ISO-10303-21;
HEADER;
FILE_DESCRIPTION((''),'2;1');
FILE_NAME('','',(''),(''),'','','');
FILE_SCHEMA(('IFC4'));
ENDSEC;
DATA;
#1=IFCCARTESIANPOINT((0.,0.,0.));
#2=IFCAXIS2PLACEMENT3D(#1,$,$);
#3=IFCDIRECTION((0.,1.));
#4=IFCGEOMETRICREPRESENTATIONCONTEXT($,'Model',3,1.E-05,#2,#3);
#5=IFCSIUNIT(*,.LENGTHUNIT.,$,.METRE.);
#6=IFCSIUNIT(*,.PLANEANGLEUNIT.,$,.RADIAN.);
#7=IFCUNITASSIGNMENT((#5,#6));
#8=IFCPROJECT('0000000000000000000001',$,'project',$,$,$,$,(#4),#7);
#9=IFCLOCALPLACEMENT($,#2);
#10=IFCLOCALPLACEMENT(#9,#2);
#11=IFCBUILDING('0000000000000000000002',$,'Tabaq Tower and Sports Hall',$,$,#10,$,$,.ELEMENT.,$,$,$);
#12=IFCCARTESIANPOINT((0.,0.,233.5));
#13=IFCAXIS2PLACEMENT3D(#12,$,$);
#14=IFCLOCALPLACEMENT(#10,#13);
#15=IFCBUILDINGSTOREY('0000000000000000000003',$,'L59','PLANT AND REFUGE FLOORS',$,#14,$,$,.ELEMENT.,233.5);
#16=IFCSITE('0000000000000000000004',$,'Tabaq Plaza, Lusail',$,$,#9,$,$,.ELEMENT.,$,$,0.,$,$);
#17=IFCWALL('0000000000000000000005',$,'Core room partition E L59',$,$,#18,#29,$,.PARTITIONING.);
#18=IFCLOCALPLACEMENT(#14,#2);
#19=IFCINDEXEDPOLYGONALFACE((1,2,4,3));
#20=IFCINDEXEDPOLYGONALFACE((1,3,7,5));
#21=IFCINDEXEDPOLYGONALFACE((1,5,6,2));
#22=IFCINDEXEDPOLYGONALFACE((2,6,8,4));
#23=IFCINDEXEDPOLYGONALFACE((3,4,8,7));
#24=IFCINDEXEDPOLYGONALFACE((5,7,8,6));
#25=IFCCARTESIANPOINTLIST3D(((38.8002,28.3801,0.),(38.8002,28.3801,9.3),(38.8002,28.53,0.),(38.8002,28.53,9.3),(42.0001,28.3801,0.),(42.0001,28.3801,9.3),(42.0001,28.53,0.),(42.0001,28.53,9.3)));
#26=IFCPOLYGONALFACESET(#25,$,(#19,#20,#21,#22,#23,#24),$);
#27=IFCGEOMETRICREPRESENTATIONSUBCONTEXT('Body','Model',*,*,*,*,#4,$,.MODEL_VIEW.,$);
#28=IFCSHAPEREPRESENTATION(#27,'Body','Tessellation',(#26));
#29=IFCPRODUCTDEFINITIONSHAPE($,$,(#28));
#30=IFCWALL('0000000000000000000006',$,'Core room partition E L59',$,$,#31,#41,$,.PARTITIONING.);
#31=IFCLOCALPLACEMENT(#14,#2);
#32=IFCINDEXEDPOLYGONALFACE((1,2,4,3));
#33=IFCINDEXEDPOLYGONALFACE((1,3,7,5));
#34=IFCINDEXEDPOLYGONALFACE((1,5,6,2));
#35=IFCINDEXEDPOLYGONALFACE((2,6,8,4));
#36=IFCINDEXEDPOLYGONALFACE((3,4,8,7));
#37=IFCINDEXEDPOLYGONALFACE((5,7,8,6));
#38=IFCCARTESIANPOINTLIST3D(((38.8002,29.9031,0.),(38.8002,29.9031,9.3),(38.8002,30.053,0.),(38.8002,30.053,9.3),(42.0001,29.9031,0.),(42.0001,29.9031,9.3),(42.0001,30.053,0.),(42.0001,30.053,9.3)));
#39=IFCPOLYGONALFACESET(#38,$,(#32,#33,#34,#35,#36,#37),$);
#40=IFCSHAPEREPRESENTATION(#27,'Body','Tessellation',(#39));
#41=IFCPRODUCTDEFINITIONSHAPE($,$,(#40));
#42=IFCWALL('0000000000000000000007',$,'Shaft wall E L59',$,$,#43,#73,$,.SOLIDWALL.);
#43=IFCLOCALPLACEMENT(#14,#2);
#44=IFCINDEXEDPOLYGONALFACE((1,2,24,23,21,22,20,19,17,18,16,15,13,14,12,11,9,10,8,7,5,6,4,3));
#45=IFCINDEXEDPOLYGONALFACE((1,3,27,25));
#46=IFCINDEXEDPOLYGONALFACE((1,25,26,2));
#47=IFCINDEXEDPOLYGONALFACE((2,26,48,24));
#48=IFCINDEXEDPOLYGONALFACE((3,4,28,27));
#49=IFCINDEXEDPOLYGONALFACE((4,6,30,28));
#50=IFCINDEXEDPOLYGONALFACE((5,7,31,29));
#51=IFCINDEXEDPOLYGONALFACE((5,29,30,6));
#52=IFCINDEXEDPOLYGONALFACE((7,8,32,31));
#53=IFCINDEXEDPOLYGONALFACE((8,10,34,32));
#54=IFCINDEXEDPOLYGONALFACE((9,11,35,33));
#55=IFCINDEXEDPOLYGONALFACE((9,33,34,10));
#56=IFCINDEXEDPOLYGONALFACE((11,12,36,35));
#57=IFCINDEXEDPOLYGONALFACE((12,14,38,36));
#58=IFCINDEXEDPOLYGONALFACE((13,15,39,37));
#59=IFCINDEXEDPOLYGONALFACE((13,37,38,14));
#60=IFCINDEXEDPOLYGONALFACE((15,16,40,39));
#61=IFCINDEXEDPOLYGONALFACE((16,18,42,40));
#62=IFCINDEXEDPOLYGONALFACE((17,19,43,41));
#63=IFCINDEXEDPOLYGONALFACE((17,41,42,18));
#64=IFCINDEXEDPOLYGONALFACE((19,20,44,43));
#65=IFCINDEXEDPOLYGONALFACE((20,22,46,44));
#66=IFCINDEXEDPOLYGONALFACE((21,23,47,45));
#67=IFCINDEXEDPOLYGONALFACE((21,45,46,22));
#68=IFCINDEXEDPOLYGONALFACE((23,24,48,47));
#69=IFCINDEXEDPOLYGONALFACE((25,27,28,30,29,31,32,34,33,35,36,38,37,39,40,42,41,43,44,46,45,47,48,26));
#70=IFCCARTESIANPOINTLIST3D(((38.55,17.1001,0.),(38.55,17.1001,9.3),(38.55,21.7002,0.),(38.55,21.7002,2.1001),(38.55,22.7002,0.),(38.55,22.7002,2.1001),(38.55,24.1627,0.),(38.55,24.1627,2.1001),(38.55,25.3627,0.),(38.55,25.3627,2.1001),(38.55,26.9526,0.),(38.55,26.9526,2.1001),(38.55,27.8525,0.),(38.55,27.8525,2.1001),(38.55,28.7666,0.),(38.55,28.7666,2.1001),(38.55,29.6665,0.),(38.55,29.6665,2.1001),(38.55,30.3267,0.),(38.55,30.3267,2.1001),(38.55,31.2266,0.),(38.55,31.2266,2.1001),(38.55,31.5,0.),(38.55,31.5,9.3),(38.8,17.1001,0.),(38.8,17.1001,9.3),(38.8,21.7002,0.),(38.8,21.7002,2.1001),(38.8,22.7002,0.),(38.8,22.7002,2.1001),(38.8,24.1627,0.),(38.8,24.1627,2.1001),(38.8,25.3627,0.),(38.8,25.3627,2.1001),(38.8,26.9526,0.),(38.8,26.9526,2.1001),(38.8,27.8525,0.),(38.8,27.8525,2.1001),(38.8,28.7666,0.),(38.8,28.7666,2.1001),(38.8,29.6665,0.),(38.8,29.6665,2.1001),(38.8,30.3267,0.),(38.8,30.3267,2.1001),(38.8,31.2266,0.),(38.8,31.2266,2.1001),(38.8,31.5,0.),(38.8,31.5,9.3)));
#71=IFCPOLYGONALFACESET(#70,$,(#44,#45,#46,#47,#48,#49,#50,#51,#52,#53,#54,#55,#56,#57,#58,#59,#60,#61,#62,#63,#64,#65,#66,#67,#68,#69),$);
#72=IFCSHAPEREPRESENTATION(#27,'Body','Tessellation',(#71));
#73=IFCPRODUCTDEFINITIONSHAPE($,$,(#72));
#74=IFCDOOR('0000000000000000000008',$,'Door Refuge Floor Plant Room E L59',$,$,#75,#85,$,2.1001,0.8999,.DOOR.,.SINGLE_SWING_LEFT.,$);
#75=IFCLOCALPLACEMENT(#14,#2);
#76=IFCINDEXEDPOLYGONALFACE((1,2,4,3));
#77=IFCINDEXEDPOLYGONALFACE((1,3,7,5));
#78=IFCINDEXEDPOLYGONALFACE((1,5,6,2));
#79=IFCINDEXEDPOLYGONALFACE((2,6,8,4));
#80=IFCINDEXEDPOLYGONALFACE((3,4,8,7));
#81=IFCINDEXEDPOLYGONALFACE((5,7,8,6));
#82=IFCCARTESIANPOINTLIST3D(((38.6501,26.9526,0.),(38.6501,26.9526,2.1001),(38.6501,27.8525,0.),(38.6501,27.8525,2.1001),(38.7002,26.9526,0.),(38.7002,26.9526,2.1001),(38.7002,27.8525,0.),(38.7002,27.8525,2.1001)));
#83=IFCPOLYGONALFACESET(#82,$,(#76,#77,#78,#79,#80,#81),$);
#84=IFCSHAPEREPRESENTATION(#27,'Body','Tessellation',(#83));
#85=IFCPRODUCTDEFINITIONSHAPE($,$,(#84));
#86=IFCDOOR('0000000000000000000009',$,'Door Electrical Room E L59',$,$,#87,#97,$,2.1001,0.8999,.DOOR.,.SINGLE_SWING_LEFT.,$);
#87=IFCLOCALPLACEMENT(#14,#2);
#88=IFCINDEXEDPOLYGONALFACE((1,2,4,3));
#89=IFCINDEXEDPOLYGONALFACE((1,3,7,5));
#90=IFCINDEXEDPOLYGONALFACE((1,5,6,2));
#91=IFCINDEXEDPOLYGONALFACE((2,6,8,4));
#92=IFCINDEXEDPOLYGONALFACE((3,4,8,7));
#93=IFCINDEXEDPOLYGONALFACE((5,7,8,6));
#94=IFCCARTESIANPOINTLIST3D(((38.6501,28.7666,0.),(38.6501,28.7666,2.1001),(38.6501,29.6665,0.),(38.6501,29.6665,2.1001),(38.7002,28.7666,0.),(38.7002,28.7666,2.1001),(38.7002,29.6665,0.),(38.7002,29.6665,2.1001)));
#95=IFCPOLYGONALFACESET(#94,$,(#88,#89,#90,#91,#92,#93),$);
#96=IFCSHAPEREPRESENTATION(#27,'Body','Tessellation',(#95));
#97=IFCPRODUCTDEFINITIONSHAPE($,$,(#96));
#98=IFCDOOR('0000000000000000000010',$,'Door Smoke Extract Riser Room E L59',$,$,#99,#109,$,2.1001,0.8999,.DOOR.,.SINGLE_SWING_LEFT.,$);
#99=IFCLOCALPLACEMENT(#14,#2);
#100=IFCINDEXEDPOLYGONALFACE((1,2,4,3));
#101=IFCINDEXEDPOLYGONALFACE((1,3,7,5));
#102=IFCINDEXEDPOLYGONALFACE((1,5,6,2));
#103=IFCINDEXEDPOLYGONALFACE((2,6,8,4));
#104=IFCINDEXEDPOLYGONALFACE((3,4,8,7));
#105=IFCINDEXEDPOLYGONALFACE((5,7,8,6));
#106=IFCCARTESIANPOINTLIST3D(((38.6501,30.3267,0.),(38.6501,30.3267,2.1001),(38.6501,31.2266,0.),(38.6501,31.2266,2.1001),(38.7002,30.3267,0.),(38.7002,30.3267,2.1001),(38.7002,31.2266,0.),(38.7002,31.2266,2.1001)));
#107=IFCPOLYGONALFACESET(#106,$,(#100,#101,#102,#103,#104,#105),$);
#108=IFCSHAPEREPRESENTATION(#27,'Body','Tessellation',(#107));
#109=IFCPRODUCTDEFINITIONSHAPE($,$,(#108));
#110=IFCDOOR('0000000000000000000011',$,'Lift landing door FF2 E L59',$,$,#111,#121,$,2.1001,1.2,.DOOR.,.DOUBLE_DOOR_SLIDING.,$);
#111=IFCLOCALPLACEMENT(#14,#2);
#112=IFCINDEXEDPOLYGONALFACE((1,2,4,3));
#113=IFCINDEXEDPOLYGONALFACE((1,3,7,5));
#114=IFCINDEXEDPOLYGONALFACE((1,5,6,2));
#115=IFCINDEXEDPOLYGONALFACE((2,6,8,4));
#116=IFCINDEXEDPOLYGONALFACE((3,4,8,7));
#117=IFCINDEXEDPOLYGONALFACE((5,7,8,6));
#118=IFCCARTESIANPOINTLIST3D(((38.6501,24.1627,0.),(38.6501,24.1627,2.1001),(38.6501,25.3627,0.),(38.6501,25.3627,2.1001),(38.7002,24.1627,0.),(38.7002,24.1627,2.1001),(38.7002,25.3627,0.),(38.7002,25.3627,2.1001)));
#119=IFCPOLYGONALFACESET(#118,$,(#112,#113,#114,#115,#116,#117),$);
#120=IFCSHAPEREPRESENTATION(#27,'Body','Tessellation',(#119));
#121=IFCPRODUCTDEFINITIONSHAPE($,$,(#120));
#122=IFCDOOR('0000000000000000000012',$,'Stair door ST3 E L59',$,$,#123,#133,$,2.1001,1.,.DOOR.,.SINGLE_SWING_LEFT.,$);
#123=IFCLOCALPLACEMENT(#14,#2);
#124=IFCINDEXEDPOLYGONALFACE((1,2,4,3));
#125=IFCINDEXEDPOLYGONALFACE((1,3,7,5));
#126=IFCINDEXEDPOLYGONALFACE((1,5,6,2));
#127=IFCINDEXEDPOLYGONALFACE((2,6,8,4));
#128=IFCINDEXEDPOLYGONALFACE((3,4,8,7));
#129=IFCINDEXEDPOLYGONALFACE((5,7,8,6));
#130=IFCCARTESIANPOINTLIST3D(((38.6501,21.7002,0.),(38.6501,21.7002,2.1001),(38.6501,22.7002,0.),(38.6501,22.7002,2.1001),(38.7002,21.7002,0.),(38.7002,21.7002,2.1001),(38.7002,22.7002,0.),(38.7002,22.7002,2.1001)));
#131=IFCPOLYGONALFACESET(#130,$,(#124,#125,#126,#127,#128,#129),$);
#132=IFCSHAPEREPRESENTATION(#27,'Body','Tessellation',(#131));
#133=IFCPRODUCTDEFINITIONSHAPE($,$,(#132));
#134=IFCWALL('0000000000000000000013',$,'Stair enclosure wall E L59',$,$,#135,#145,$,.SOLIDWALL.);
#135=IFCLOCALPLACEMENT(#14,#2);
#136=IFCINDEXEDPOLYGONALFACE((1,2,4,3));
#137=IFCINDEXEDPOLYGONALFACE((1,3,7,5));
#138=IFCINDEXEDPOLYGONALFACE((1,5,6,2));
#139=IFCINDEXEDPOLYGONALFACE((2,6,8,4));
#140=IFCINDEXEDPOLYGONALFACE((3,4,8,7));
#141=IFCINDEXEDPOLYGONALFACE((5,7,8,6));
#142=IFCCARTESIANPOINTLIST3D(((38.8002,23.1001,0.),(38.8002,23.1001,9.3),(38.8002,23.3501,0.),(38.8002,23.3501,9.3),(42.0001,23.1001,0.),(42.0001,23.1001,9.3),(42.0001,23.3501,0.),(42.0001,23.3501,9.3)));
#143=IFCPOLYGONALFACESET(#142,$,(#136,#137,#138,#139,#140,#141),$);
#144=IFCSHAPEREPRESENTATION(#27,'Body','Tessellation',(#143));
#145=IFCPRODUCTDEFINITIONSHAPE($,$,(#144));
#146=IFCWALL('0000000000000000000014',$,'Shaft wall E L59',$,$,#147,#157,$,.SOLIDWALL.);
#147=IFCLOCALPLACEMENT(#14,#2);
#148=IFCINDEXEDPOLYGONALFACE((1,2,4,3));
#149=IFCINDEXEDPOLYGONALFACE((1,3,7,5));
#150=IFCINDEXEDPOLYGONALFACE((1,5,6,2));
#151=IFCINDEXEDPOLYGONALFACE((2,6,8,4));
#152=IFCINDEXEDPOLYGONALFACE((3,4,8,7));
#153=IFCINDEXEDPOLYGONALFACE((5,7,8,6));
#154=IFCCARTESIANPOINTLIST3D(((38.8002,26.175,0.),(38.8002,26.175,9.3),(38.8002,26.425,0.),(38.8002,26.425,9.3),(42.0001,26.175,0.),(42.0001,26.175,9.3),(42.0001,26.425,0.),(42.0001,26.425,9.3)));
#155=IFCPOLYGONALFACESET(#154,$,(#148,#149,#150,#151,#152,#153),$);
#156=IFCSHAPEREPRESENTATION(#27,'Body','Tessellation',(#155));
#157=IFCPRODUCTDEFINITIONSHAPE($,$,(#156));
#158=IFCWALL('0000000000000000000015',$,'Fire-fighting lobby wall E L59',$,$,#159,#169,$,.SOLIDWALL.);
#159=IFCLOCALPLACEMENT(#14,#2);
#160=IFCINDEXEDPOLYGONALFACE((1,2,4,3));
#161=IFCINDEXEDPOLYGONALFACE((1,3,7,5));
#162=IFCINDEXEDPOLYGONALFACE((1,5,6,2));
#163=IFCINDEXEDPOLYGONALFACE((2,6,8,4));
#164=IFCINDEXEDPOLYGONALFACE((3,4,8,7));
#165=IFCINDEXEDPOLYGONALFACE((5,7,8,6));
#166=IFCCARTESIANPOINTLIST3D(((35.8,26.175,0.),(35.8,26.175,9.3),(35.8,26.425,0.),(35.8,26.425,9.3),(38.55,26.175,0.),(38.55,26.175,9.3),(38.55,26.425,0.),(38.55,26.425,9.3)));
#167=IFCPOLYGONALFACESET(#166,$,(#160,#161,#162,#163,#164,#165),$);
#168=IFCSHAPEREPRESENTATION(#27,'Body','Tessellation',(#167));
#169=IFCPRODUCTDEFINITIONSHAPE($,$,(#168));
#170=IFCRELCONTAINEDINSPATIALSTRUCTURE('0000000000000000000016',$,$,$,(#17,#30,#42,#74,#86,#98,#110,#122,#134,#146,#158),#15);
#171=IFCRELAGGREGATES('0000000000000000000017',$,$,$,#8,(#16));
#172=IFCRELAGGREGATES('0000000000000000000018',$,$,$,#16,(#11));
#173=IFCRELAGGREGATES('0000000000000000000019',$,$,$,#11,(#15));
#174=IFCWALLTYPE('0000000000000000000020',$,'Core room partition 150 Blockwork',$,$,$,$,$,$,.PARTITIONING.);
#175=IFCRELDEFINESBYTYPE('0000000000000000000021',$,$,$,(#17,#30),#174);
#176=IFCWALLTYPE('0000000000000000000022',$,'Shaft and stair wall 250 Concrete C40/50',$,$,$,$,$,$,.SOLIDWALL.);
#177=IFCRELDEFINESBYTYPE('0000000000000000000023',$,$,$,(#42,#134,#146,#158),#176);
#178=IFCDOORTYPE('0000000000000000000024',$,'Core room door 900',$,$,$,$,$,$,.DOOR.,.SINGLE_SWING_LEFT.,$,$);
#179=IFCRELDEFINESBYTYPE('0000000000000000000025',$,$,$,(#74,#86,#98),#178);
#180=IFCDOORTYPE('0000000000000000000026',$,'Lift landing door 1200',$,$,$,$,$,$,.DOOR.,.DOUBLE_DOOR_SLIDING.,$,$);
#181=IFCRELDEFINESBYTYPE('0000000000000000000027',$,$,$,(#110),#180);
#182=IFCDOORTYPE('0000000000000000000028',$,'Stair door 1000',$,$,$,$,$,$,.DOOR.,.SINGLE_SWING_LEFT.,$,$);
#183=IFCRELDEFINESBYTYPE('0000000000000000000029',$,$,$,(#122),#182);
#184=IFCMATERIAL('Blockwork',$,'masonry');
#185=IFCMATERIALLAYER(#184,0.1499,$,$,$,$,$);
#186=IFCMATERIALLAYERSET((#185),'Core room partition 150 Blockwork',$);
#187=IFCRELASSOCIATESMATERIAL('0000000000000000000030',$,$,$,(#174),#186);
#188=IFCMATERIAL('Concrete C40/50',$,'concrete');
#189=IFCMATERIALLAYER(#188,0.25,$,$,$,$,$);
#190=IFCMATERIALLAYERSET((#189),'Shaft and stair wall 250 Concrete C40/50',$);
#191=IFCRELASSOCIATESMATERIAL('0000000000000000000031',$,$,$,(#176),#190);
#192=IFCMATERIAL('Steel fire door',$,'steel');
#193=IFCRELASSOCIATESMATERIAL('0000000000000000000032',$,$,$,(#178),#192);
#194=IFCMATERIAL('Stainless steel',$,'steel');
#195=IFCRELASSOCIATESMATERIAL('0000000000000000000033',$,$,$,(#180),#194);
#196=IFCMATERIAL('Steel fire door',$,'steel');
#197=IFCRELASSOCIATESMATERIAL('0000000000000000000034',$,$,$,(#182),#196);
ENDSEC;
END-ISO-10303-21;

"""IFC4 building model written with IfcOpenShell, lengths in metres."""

from ifc_helpers import new_model, si_unit, direction, frame, frame_2d, origin, place, context, subcontext, project, spatial, rectangle, extrude, material, layer, layer_set, type_object, element, fill, save


model = new_model("IFC4")

# Units and contexts
model_context = context("Model", 3, precision=1e-05, world=origin(), true_north=direction((0.0, 1.0)))
body_context = subcontext(model_context, "Body", "Model", "MODEL_VIEW")
ifc_project = project(units=[si_unit("LENGTHUNIT", "METRE"), si_unit("PLANEANGLEUNIT", "RADIAN")], contexts=[model_context])

# Site, building, storey
site_placement = place(None, origin())
site = spatial("IfcSite", under=ifc_project, at=site_placement, Name="Tabaq Plaza, Lusail", CompositionType="ELEMENT", RefElevation=0.0)
building_placement = place(site_placement, origin())
building = spatial("IfcBuilding", under=site, at=building_placement, Name="Tabaq Tower and Sports Hall", CompositionType="ELEMENT")
storey_placement = place(building_placement, frame((0.0, 0.0, 233.5)))
storey = spatial("IfcBuildingStorey", under=building, at=storey_placement, Name="L59", Description="PLANT AND REFUGE FLOORS", CompositionType="ELEMENT", Elevation=233.5)

# Walls
ifc_material_1 = material(Name="Blockwork", Category="masonry")
ifc_layer_1 = layer(ifc_material_1, 0.1499)
ifc_layer_set_1 = layer_set([ifc_layer_1], Name="Core room partition 150 Blockwork")
wall_type_1 = type_object("IfcWallType", Name="Core room partition 150 Blockwork", PredefinedType="PARTITIONING", material=ifc_layer_set_1)
for number, where, z_axis, x_axis, name in (
    (1, (38.8, 28.4551, 0.0), (0.0, 0.0, 1.0), (1.0, 0.0, 0.0), "Core room partition E L59"),
    (2, (38.8, 29.978, 0.0), (0.0, 0.0, 1.0), (1.0, 0.0, 0.0), "Core room partition E L59"),
):
    element("IfcWall", number, at=place(storey_placement, frame(where, z_axis=z_axis, x_axis=x_axis)), inside=storey, type_object=wall_type_1, Name=name, PredefinedType="PARTITIONING", context=body_context, shape_type="SweptSolid", body=[
        extrude(rectangle(XDim=3.2, YDim=0.1499, at=frame_2d((1.6001, 0.0))), origin(), (0.0, 0.0, 1.0), 9.3),
    ])

# Wall, openings, doors
ifc_material_2 = material(Name="Concrete C40/50", Category="concrete")
ifc_layer_2 = layer(ifc_material_2, 0.25)
ifc_layer_set_2 = layer_set([ifc_layer_2], Name="Shaft and stair wall 250 Concrete C40/50")
wall_type_2 = type_object("IfcWallType", Name="Shaft and stair wall 250 Concrete C40/50", PredefinedType="SOLIDWALL", material=ifc_layer_set_2)
wall_1_placement = place(storey_placement, frame((38.675, 17.1001, 0.0), z_axis=(0.0, 0.0, 1.0), x_axis=(0.0, 1.0, 0.0)))
wall_1 = element("IfcWall", 3, at=wall_1_placement, inside=storey, type_object=wall_type_2, Name="Shaft wall E L59", PredefinedType="SOLIDWALL", context=body_context, shape_type="SweptSolid", body=[
    extrude(rectangle(XDim=14.3999, YDim=0.25, at=frame_2d((7.2, 0.0))), origin(), (0.0, 0.0, 1.0), 9.3),
])
opening_1_placement = place(wall_1_placement, frame((4.6001, 0.0, 0.0)))
opening_1 = element("IfcOpeningElement", 4, at=opening_1_placement, cuts=wall_1, PredefinedType="OPENING", context=body_context, shape_type="SweptSolid", body=[
    extrude(rectangle(XDim=1.0, YDim=2.1001, at=frame_2d((0.5, 1.05))), frame((0.0, 0.125, 0.0), z_axis=(0.0, -1.0, 0.0), x_axis=(1.0, 0.0, 0.0)), (0.0, 0.0, 1.0), 0.25),
])
opening_2_placement = place(wall_1_placement, frame((7.0625, 0.0, 0.0)))
opening_2 = element("IfcOpeningElement", 5, at=opening_2_placement, cuts=wall_1, PredefinedType="OPENING", context=body_context, shape_type="SweptSolid", body=[
    extrude(rectangle(XDim=1.2, YDim=2.1001, at=frame_2d((0.6001, 1.05))), frame((0.0, 0.125, 0.0), z_axis=(0.0, -1.0, 0.0), x_axis=(1.0, 0.0, 0.0)), (0.0, 0.0, 1.0), 0.25),
])
opening_3_placement = place(wall_1_placement, frame((9.8525, 0.0, 0.0)))
opening_3 = element("IfcOpeningElement", 6, at=opening_3_placement, cuts=wall_1, PredefinedType="OPENING", context=body_context, shape_type="SweptSolid", body=[
    extrude(rectangle(XDim=0.8999, YDim=2.1001, at=frame_2d((0.45, 1.05))), frame((0.0, 0.125, 0.0), z_axis=(0.0, -1.0, 0.0), x_axis=(1.0, 0.0, 0.0)), (0.0, 0.0, 1.0), 0.25),
])
opening_4_placement = place(wall_1_placement, frame((11.6665, 0.0, 0.0)))
opening_4 = element("IfcOpeningElement", 7, at=opening_4_placement, cuts=wall_1, PredefinedType="OPENING", context=body_context, shape_type="SweptSolid", body=[
    extrude(rectangle(XDim=0.8999, YDim=2.1001, at=frame_2d((0.45, 1.05))), frame((0.0, 0.125, 0.0), z_axis=(0.0, -1.0, 0.0), x_axis=(1.0, 0.0, 0.0)), (0.0, 0.0, 1.0), 0.25),
])
opening_5_placement = place(wall_1_placement, frame((13.2266, 0.0, 0.0)))
opening_5 = element("IfcOpeningElement", 8, at=opening_5_placement, cuts=wall_1, PredefinedType="OPENING", context=body_context, shape_type="SweptSolid", body=[
    extrude(rectangle(XDim=0.8999, YDim=2.1001, at=frame_2d((0.45, 1.05))), frame((0.0, 0.125, 0.0), z_axis=(0.0, -1.0, 0.0), x_axis=(1.0, 0.0, 0.0)), (0.0, 0.0, 1.0), 0.25),
])
ifc_material_3 = material(Name="Steel fire door", Category="steel")
door_type_1 = type_object("IfcDoorType", Name="Core room door 900", OperationType="SINGLE_SWING_LEFT", PredefinedType="DOOR", material=ifc_material_3)
door_1_placement = place(opening_3_placement, origin())
door_1 = element("IfcDoor", 9, at=door_1_placement, inside=storey, type_object=door_type_1, Name="Door Refuge Floor Plant Room E L59", OperationType="SINGLE_SWING_LEFT", OverallHeight=2.1001, OverallWidth=0.8999, PredefinedType="DOOR", context=body_context, shape_type="SweptSolid", body=[
    extrude(rectangle(XDim=0.8999, YDim=2.1001, at=frame_2d((0.45, 1.05))), frame((0.0, 0.0249, 0.0), z_axis=(0.0, -1.0, 0.0), x_axis=(1.0, 0.0, 0.0)), (0.0, 0.0, 1.0), 0.05),
])
fill(opening_3, door_1)
door_2_placement = place(opening_4_placement, origin())
door_2 = element("IfcDoor", 10, at=door_2_placement, inside=storey, type_object=door_type_1, Name="Door Electrical Room E L59", OperationType="SINGLE_SWING_LEFT", OverallHeight=2.1001, OverallWidth=0.8999, PredefinedType="DOOR", context=body_context, shape_type="SweptSolid", body=[
    extrude(rectangle(XDim=0.8999, YDim=2.1001, at=frame_2d((0.45, 1.05))), frame((0.0, 0.0249, 0.0), z_axis=(0.0, -1.0, 0.0), x_axis=(1.0, 0.0, 0.0)), (0.0, 0.0, 1.0), 0.05),
])
fill(opening_4, door_2)
door_3_placement = place(opening_5_placement, origin())
door_3 = element("IfcDoor", 11, at=door_3_placement, inside=storey, type_object=door_type_1, Name="Door Smoke Extract Riser Room E L59", OperationType="SINGLE_SWING_LEFT", OverallHeight=2.1001, OverallWidth=0.8999, PredefinedType="DOOR", context=body_context, shape_type="SweptSolid", body=[
    extrude(rectangle(XDim=0.8999, YDim=2.1001, at=frame_2d((0.45, 1.05))), frame((0.0, 0.0249, 0.0), z_axis=(0.0, -1.0, 0.0), x_axis=(1.0, 0.0, 0.0)), (0.0, 0.0, 1.0), 0.05),
])
fill(opening_5, door_3)
ifc_material_4 = material(Name="Stainless steel", Category="steel")
door_type_2 = type_object("IfcDoorType", Name="Lift landing door 1200", OperationType="DOUBLE_DOOR_SLIDING", PredefinedType="DOOR", material=ifc_material_4)
door_4_placement = place(opening_2_placement, origin())
door_4 = element("IfcDoor", 12, at=door_4_placement, inside=storey, type_object=door_type_2, Name="Lift landing door FF2 E L59", OperationType="DOUBLE_DOOR_SLIDING", OverallHeight=2.1001, OverallWidth=1.2, PredefinedType="DOOR", context=body_context, shape_type="SweptSolid", body=[
    extrude(rectangle(XDim=1.2, YDim=2.1001, at=frame_2d((0.6001, 1.05))), frame((0.0, 0.0249, 0.0), z_axis=(0.0, -1.0, 0.0), x_axis=(1.0, 0.0, 0.0)), (0.0, 0.0, 1.0), 0.05),
])
fill(opening_2, door_4)
ifc_material_5 = material(Name="Steel fire door", Category="steel")
door_type_3 = type_object("IfcDoorType", Name="Stair door 1000", OperationType="SINGLE_SWING_LEFT", PredefinedType="DOOR", material=ifc_material_5)
door_5_placement = place(opening_1_placement, origin())
door_5 = element("IfcDoor", 13, at=door_5_placement, inside=storey, type_object=door_type_3, Name="Stair door ST3 E L59", OperationType="SINGLE_SWING_LEFT", OverallHeight=2.1001, OverallWidth=1.0, PredefinedType="DOOR", context=body_context, shape_type="SweptSolid", body=[
    extrude(rectangle(XDim=1.0, YDim=2.1001, at=frame_2d((0.5, 1.05))), frame((0.0, 0.0249, 0.0), z_axis=(0.0, -1.0, 0.0), x_axis=(1.0, 0.0, 0.0)), (0.0, 0.0, 1.0), 0.05),
])
fill(opening_1, door_5)

# Walls
for number, where, z_axis, x_axis, name in (
    (14, (38.8, 23.2251, 0.0), (0.0, 0.0, 1.0), (1.0, 0.0, 0.0), "Stair enclosure wall E L59"),
    (15, (38.8, 26.3, 0.0), (0.0, 0.0, 1.0), (1.0, 0.0, 0.0), "Shaft wall E L59"),
):
    element("IfcWall", number, at=place(storey_placement, frame(where, z_axis=z_axis, x_axis=x_axis)), inside=storey, type_object=wall_type_2, Name=name, PredefinedType="SOLIDWALL", context=body_context, shape_type="SweptSolid", body=[
        extrude(rectangle(XDim=3.2, YDim=0.25, at=frame_2d((1.6001, 0.0))), origin(), (0.0, 0.0, 1.0), 9.3),
    ])
wall_2_placement = place(storey_placement, frame((35.8, 26.3, 0.0), z_axis=(0.0, 0.0, 1.0), x_axis=(1.0, 0.0, 0.0)))
element("IfcWall", 16, at=wall_2_placement, inside=storey, type_object=wall_type_2, Name="Fire-fighting lobby wall E L59", PredefinedType="SOLIDWALL", context=body_context, shape_type="SweptSolid", body=[
    extrude(rectangle(XDim=2.75, YDim=0.25, at=frame_2d((1.375, 0.0))), origin(), (0.0, 0.0, 1.0), 9.3),
])

save(model, "model.ifc")
